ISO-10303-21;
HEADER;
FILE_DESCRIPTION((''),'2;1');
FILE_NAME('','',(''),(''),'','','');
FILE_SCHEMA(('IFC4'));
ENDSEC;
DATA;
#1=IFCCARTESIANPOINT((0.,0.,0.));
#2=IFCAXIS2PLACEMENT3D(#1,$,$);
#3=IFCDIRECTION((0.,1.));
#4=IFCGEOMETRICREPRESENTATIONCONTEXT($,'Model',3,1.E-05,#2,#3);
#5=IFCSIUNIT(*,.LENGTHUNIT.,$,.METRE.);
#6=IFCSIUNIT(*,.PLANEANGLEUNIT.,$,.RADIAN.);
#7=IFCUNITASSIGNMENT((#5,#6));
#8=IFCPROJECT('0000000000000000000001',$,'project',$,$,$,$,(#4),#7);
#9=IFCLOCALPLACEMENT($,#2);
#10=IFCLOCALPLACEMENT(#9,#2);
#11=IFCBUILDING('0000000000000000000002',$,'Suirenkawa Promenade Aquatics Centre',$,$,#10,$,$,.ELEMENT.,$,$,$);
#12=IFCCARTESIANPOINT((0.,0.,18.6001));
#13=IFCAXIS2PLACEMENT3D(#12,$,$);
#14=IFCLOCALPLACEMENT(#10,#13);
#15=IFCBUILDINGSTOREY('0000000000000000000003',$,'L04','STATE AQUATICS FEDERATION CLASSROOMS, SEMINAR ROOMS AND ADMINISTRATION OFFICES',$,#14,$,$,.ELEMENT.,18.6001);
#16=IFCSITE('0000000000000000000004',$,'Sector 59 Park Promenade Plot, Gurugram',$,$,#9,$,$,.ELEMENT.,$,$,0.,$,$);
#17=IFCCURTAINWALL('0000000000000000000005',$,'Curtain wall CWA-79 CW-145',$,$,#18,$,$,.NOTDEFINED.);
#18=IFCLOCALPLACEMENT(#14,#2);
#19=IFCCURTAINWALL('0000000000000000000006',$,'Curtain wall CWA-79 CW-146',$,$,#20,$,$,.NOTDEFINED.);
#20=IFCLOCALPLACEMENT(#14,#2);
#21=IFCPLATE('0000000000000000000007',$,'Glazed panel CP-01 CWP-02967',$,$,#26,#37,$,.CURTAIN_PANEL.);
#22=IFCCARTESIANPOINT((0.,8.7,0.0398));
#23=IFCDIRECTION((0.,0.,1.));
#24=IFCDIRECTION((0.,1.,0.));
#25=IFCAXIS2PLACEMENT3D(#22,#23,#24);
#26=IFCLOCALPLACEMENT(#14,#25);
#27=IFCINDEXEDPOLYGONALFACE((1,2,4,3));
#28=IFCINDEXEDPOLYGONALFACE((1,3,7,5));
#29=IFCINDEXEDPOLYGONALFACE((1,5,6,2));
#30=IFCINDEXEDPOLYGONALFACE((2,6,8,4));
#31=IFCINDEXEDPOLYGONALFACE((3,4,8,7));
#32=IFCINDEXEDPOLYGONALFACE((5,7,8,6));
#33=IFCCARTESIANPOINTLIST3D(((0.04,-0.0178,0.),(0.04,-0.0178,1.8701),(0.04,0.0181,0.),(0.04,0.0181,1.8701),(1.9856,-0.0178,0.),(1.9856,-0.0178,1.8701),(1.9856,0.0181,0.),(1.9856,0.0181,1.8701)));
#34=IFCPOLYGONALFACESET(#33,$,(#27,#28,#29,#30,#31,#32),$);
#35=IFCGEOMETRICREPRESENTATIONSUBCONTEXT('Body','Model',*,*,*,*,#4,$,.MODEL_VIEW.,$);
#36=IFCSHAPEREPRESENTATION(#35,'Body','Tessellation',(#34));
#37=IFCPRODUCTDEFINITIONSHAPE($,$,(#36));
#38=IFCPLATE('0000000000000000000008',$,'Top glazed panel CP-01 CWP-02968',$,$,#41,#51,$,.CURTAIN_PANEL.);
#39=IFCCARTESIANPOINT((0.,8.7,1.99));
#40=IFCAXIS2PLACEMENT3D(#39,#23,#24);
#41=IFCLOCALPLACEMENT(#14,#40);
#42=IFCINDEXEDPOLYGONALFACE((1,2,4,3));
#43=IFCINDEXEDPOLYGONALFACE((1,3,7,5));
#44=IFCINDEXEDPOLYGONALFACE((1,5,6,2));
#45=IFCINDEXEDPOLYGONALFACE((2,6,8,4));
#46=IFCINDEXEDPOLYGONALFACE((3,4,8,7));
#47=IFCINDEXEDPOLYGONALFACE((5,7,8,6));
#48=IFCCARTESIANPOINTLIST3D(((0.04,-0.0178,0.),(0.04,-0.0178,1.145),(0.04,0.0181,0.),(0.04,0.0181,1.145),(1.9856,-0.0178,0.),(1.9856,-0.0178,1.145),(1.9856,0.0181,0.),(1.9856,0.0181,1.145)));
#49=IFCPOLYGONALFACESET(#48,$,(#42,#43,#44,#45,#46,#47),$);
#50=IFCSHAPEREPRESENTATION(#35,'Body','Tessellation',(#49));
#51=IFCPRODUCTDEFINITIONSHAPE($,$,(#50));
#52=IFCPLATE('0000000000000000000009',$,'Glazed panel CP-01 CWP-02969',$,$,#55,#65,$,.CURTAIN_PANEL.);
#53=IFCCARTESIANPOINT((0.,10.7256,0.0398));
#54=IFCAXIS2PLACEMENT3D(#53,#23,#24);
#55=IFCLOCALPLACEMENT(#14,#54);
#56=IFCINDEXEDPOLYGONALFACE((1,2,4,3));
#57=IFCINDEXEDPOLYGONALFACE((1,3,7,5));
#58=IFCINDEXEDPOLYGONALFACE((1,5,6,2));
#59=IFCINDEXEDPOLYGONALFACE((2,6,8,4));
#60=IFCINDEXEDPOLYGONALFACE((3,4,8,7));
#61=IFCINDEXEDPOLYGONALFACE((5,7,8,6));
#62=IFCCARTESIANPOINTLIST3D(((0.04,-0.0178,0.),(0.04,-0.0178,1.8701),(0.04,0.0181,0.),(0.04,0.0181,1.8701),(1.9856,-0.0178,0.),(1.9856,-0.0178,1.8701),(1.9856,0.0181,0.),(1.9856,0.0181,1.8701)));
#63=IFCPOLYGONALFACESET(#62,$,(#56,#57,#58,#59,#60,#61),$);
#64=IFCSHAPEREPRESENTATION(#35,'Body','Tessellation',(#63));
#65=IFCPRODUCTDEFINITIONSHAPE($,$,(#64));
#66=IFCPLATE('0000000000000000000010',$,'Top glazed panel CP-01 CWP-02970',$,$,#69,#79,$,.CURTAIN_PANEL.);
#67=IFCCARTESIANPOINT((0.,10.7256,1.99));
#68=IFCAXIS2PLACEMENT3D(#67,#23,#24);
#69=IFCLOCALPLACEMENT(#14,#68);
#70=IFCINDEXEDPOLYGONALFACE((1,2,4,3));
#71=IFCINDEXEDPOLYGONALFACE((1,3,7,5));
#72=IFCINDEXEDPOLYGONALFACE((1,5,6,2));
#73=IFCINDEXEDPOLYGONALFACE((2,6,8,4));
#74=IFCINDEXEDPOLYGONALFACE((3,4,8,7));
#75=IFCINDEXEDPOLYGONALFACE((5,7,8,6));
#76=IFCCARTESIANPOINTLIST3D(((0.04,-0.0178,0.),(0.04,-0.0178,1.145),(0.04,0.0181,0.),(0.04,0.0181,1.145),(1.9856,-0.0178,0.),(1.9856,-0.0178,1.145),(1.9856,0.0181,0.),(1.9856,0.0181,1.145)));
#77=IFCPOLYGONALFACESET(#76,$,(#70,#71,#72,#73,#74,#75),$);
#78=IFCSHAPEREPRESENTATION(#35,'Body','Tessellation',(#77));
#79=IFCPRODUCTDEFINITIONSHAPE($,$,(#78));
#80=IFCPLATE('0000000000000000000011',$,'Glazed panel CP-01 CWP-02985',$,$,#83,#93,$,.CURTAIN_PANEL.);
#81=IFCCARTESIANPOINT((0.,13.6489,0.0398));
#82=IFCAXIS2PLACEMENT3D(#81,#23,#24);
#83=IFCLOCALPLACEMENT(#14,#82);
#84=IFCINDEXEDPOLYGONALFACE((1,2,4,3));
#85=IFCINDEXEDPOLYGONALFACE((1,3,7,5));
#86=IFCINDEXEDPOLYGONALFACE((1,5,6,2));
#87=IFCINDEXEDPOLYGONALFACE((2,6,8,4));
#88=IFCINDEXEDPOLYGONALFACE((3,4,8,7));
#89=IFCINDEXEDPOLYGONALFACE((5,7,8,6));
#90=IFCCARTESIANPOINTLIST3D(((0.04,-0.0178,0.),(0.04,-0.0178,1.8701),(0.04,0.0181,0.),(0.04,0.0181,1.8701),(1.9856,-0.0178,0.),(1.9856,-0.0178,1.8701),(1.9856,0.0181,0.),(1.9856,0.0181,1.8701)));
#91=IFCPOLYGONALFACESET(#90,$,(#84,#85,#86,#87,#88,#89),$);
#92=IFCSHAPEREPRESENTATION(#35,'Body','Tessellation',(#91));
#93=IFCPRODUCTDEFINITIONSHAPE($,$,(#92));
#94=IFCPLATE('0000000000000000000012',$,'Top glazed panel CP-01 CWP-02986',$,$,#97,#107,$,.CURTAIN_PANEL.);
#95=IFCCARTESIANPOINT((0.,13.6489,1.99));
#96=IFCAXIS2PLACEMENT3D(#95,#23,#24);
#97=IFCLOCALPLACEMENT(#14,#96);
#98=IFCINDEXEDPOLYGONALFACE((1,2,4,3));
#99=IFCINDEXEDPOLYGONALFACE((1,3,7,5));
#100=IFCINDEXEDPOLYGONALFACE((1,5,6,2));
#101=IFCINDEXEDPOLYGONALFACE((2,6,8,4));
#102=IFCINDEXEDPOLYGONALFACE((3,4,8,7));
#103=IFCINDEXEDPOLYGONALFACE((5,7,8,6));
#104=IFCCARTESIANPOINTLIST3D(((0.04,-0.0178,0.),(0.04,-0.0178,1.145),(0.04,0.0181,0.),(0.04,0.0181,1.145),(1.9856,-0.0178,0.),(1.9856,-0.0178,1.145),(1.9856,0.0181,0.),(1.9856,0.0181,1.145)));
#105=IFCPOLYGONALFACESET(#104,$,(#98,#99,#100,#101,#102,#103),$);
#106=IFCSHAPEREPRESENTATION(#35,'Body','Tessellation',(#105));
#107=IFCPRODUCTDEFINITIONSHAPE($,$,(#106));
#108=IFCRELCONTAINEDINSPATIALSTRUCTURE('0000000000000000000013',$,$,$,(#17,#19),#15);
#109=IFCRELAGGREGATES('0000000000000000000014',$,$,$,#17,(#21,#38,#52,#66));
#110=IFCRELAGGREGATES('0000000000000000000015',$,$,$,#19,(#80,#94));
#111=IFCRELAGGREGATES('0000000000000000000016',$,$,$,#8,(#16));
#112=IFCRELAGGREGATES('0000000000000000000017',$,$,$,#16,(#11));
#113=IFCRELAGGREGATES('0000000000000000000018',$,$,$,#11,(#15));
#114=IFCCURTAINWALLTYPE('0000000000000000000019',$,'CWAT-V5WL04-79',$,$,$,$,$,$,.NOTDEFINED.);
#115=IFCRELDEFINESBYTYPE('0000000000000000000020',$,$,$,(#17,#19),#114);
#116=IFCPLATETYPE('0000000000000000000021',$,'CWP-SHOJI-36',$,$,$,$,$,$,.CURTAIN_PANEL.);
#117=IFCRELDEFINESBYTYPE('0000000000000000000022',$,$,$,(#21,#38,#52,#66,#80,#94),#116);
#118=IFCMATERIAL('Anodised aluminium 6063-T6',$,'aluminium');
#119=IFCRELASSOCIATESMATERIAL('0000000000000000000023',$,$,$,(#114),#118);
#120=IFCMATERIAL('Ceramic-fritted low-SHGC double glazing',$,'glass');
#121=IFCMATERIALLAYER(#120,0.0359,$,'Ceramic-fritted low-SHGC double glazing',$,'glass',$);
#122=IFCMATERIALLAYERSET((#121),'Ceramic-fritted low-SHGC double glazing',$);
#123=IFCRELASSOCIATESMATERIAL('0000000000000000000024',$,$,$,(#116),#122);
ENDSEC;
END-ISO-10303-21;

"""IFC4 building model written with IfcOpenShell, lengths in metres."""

from ifc_helpers import new_model, si_unit, direction, frame, origin, place, context, subcontext, project, spatial, polyline, outline, extrude, material, layer, layer_set, type_object, element, aggregate, save


model = new_model("IFC4")

# Units and contexts
model_context = context("Model", 3, precision=1e-05, world=origin(), true_north=direction((0.0, 1.0)))
body_context = subcontext(model_context, "Body", "Model", "MODEL_VIEW")
ifc_project = project(units=[si_unit("LENGTHUNIT", "METRE"), si_unit("PLANEANGLEUNIT", "RADIAN")], contexts=[model_context])

# Site, building, storey
site_placement = place(None, origin())
site = spatial("IfcSite", under=ifc_project, at=site_placement, Name="Sector 59 Park Promenade Plot, Gurugram", CompositionType="ELEMENT", RefElevation=0.0)
building_placement = place(site_placement, origin())
building = spatial("IfcBuilding", under=site, at=building_placement, Name="Suirenkawa Promenade Aquatics Centre", CompositionType="ELEMENT")
storey_placement = place(building_placement, frame((0.0, 0.0, 18.6001)))
storey = spatial("IfcBuildingStorey", under=building, at=storey_placement, Name="L04", Description="STATE AQUATICS FEDERATION CLASSROOMS, SEMINAR ROOMS AND ADMINISTRATION OFFICES", CompositionType="ELEMENT", Elevation=18.6001)

# Curtain walls
ifc_material_1 = material(Name="Anodised aluminium 6063-T6", Category="aluminium")
curtain_wall_type = type_object("IfcCurtainWallType", Name="CWAT-V5WL04-79", PredefinedType="NOTDEFINED", material=ifc_material_1)
curtain_wall_1_placement = place(storey_placement, origin())
curtain_wall_1 = element("IfcCurtainWall", 1, at=curtain_wall_1_placement, inside=storey, type_object=curtain_wall_type, Name="Curtain wall CWA-79 CW-145", PredefinedType="NOTDEFINED")
curtain_wall_2_placement = place(storey_placement, origin())
curtain_wall_2 = element("IfcCurtainWall", 2, at=curtain_wall_2_placement, inside=storey, type_object=curtain_wall_type, Name="Curtain wall CWA-79 CW-146", PredefinedType="NOTDEFINED")

# Plates
ifc_material_2 = material(Name="Ceramic-fritted low-SHGC double glazing", Category="glass")
ifc_layer_1 = layer(ifc_material_2, 0.0359, Name="Ceramic-fritted low-SHGC double glazing", Category="glass")
ifc_layer_set_1 = layer_set([ifc_layer_1], Name="Ceramic-fritted low-SHGC double glazing")
plate_type = type_object("IfcPlateType", Name="CWP-SHOJI-36", PredefinedType="CURTAIN_PANEL", material=ifc_layer_set_1)
plate_1_placement = place(storey_placement, frame((0.0, 8.7, 0.0398), z_axis=(0.0, 0.0, 1.0), x_axis=(0.0, 1.0, 0.0)))
plate_1 = element("IfcPlate", 3, at=plate_1_placement, type_object=plate_type, Name="Glazed panel CP-01 CWP-02967", PredefinedType="CURTAIN_PANEL", context=body_context, shape_type="SweptSolid", body=[
    extrude(outline(polyline([(0.04, 0.0), (1.9856, 0.0), (1.9856, 1.8701), (0.04, 1.8701), (0.04, 0.0)])), frame((0.0, 0.0181, 0.0), z_axis=(0.0, -1.0, 0.0), x_axis=(1.0, 0.0, 0.0)), (0.0, 0.0, 1.0), 0.0359),
])
plate_2_placement = place(storey_placement, frame((0.0, 8.7, 1.99), z_axis=(0.0, 0.0, 1.0), x_axis=(0.0, 1.0, 0.0)))
plate_2 = element("IfcPlate", 4, at=plate_2_placement, type_object=plate_type, Name="Top glazed panel CP-01 CWP-02968", PredefinedType="CURTAIN_PANEL", context=body_context, shape_type="SweptSolid", body=[
    extrude(outline(polyline([(0.04, 0.0), (1.9856, 0.0), (1.9856, 1.145), (0.04, 1.145), (0.04, 0.0)])), frame((0.0, 0.0181, 0.0), z_axis=(0.0, -1.0, 0.0), x_axis=(1.0, 0.0, 0.0)), (0.0, 0.0, 1.0), 0.0359),
])
plate_3_placement = place(storey_placement, frame((0.0, 10.7256, 0.0398), z_axis=(0.0, 0.0, 1.0), x_axis=(0.0, 1.0, 0.0)))
plate_3 = element("IfcPlate", 5, at=plate_3_placement, type_object=plate_type, Name="Glazed panel CP-01 CWP-02969", PredefinedType="CURTAIN_PANEL", context=body_context, shape_type="SweptSolid", body=[
    extrude(outline(polyline([(0.04, 0.0), (1.9856, 0.0), (1.9856, 1.8701), (0.04, 1.8701), (0.04, 0.0)])), frame((0.0, 0.0181, 0.0), z_axis=(0.0, -1.0, 0.0), x_axis=(1.0, 0.0, 0.0)), (0.0, 0.0, 1.0), 0.0359),
])
plate_4_placement = place(storey_placement, frame((0.0, 10.7256, 1.99), z_axis=(0.0, 0.0, 1.0), x_axis=(0.0, 1.0, 0.0)))
plate_4 = element("IfcPlate", 6, at=plate_4_placement, type_object=plate_type, Name="Top glazed panel CP-01 CWP-02970", PredefinedType="CURTAIN_PANEL", context=body_context, shape_type="SweptSolid", body=[
    extrude(outline(polyline([(0.04, 0.0), (1.9856, 0.0), (1.9856, 1.145), (0.04, 1.145), (0.04, 0.0)])), frame((0.0, 0.0181, 0.0), z_axis=(0.0, -1.0, 0.0), x_axis=(1.0, 0.0, 0.0)), (0.0, 0.0, 1.0), 0.0359),
])
aggregate(curtain_wall_1, [plate_1, plate_2, plate_3, plate_4])
plate_5_placement = place(storey_placement, frame((0.0, 13.6489, 0.0398), z_axis=(0.0, 0.0, 1.0), x_axis=(0.0, 1.0, 0.0)))
plate_5 = element("IfcPlate", 7, at=plate_5_placement, type_object=plate_type, Name="Glazed panel CP-01 CWP-02985", PredefinedType="CURTAIN_PANEL", context=body_context, shape_type="SweptSolid", body=[
    extrude(outline(polyline([(0.04, 0.0), (1.9856, 0.0), (1.9856, 1.8701), (0.04, 1.8701), (0.04, 0.0)])), frame((0.0, 0.0181, 0.0), z_axis=(0.0, -1.0, 0.0), x_axis=(1.0, 0.0, 0.0)), (0.0, 0.0, 1.0), 0.0359),
])
plate_6_placement = place(storey_placement, frame((0.0, 13.6489, 1.99), z_axis=(0.0, 0.0, 1.0), x_axis=(0.0, 1.0, 0.0)))
plate_6 = element("IfcPlate", 8, at=plate_6_placement, type_object=plate_type, Name="Top glazed panel CP-01 CWP-02986", PredefinedType="CURTAIN_PANEL", context=body_context, shape_type="SweptSolid", body=[
    extrude(outline(polyline([(0.04, 0.0), (1.9856, 0.0), (1.9856, 1.145), (0.04, 1.145), (0.04, 0.0)])), frame((0.0, 0.0181, 0.0), z_axis=(0.0, -1.0, 0.0), x_axis=(1.0, 0.0, 0.0)), (0.0, 0.0, 1.0), 0.0359),
])
aggregate(curtain_wall_2, [plate_5, plate_6])

save(model, "model.ifc")
